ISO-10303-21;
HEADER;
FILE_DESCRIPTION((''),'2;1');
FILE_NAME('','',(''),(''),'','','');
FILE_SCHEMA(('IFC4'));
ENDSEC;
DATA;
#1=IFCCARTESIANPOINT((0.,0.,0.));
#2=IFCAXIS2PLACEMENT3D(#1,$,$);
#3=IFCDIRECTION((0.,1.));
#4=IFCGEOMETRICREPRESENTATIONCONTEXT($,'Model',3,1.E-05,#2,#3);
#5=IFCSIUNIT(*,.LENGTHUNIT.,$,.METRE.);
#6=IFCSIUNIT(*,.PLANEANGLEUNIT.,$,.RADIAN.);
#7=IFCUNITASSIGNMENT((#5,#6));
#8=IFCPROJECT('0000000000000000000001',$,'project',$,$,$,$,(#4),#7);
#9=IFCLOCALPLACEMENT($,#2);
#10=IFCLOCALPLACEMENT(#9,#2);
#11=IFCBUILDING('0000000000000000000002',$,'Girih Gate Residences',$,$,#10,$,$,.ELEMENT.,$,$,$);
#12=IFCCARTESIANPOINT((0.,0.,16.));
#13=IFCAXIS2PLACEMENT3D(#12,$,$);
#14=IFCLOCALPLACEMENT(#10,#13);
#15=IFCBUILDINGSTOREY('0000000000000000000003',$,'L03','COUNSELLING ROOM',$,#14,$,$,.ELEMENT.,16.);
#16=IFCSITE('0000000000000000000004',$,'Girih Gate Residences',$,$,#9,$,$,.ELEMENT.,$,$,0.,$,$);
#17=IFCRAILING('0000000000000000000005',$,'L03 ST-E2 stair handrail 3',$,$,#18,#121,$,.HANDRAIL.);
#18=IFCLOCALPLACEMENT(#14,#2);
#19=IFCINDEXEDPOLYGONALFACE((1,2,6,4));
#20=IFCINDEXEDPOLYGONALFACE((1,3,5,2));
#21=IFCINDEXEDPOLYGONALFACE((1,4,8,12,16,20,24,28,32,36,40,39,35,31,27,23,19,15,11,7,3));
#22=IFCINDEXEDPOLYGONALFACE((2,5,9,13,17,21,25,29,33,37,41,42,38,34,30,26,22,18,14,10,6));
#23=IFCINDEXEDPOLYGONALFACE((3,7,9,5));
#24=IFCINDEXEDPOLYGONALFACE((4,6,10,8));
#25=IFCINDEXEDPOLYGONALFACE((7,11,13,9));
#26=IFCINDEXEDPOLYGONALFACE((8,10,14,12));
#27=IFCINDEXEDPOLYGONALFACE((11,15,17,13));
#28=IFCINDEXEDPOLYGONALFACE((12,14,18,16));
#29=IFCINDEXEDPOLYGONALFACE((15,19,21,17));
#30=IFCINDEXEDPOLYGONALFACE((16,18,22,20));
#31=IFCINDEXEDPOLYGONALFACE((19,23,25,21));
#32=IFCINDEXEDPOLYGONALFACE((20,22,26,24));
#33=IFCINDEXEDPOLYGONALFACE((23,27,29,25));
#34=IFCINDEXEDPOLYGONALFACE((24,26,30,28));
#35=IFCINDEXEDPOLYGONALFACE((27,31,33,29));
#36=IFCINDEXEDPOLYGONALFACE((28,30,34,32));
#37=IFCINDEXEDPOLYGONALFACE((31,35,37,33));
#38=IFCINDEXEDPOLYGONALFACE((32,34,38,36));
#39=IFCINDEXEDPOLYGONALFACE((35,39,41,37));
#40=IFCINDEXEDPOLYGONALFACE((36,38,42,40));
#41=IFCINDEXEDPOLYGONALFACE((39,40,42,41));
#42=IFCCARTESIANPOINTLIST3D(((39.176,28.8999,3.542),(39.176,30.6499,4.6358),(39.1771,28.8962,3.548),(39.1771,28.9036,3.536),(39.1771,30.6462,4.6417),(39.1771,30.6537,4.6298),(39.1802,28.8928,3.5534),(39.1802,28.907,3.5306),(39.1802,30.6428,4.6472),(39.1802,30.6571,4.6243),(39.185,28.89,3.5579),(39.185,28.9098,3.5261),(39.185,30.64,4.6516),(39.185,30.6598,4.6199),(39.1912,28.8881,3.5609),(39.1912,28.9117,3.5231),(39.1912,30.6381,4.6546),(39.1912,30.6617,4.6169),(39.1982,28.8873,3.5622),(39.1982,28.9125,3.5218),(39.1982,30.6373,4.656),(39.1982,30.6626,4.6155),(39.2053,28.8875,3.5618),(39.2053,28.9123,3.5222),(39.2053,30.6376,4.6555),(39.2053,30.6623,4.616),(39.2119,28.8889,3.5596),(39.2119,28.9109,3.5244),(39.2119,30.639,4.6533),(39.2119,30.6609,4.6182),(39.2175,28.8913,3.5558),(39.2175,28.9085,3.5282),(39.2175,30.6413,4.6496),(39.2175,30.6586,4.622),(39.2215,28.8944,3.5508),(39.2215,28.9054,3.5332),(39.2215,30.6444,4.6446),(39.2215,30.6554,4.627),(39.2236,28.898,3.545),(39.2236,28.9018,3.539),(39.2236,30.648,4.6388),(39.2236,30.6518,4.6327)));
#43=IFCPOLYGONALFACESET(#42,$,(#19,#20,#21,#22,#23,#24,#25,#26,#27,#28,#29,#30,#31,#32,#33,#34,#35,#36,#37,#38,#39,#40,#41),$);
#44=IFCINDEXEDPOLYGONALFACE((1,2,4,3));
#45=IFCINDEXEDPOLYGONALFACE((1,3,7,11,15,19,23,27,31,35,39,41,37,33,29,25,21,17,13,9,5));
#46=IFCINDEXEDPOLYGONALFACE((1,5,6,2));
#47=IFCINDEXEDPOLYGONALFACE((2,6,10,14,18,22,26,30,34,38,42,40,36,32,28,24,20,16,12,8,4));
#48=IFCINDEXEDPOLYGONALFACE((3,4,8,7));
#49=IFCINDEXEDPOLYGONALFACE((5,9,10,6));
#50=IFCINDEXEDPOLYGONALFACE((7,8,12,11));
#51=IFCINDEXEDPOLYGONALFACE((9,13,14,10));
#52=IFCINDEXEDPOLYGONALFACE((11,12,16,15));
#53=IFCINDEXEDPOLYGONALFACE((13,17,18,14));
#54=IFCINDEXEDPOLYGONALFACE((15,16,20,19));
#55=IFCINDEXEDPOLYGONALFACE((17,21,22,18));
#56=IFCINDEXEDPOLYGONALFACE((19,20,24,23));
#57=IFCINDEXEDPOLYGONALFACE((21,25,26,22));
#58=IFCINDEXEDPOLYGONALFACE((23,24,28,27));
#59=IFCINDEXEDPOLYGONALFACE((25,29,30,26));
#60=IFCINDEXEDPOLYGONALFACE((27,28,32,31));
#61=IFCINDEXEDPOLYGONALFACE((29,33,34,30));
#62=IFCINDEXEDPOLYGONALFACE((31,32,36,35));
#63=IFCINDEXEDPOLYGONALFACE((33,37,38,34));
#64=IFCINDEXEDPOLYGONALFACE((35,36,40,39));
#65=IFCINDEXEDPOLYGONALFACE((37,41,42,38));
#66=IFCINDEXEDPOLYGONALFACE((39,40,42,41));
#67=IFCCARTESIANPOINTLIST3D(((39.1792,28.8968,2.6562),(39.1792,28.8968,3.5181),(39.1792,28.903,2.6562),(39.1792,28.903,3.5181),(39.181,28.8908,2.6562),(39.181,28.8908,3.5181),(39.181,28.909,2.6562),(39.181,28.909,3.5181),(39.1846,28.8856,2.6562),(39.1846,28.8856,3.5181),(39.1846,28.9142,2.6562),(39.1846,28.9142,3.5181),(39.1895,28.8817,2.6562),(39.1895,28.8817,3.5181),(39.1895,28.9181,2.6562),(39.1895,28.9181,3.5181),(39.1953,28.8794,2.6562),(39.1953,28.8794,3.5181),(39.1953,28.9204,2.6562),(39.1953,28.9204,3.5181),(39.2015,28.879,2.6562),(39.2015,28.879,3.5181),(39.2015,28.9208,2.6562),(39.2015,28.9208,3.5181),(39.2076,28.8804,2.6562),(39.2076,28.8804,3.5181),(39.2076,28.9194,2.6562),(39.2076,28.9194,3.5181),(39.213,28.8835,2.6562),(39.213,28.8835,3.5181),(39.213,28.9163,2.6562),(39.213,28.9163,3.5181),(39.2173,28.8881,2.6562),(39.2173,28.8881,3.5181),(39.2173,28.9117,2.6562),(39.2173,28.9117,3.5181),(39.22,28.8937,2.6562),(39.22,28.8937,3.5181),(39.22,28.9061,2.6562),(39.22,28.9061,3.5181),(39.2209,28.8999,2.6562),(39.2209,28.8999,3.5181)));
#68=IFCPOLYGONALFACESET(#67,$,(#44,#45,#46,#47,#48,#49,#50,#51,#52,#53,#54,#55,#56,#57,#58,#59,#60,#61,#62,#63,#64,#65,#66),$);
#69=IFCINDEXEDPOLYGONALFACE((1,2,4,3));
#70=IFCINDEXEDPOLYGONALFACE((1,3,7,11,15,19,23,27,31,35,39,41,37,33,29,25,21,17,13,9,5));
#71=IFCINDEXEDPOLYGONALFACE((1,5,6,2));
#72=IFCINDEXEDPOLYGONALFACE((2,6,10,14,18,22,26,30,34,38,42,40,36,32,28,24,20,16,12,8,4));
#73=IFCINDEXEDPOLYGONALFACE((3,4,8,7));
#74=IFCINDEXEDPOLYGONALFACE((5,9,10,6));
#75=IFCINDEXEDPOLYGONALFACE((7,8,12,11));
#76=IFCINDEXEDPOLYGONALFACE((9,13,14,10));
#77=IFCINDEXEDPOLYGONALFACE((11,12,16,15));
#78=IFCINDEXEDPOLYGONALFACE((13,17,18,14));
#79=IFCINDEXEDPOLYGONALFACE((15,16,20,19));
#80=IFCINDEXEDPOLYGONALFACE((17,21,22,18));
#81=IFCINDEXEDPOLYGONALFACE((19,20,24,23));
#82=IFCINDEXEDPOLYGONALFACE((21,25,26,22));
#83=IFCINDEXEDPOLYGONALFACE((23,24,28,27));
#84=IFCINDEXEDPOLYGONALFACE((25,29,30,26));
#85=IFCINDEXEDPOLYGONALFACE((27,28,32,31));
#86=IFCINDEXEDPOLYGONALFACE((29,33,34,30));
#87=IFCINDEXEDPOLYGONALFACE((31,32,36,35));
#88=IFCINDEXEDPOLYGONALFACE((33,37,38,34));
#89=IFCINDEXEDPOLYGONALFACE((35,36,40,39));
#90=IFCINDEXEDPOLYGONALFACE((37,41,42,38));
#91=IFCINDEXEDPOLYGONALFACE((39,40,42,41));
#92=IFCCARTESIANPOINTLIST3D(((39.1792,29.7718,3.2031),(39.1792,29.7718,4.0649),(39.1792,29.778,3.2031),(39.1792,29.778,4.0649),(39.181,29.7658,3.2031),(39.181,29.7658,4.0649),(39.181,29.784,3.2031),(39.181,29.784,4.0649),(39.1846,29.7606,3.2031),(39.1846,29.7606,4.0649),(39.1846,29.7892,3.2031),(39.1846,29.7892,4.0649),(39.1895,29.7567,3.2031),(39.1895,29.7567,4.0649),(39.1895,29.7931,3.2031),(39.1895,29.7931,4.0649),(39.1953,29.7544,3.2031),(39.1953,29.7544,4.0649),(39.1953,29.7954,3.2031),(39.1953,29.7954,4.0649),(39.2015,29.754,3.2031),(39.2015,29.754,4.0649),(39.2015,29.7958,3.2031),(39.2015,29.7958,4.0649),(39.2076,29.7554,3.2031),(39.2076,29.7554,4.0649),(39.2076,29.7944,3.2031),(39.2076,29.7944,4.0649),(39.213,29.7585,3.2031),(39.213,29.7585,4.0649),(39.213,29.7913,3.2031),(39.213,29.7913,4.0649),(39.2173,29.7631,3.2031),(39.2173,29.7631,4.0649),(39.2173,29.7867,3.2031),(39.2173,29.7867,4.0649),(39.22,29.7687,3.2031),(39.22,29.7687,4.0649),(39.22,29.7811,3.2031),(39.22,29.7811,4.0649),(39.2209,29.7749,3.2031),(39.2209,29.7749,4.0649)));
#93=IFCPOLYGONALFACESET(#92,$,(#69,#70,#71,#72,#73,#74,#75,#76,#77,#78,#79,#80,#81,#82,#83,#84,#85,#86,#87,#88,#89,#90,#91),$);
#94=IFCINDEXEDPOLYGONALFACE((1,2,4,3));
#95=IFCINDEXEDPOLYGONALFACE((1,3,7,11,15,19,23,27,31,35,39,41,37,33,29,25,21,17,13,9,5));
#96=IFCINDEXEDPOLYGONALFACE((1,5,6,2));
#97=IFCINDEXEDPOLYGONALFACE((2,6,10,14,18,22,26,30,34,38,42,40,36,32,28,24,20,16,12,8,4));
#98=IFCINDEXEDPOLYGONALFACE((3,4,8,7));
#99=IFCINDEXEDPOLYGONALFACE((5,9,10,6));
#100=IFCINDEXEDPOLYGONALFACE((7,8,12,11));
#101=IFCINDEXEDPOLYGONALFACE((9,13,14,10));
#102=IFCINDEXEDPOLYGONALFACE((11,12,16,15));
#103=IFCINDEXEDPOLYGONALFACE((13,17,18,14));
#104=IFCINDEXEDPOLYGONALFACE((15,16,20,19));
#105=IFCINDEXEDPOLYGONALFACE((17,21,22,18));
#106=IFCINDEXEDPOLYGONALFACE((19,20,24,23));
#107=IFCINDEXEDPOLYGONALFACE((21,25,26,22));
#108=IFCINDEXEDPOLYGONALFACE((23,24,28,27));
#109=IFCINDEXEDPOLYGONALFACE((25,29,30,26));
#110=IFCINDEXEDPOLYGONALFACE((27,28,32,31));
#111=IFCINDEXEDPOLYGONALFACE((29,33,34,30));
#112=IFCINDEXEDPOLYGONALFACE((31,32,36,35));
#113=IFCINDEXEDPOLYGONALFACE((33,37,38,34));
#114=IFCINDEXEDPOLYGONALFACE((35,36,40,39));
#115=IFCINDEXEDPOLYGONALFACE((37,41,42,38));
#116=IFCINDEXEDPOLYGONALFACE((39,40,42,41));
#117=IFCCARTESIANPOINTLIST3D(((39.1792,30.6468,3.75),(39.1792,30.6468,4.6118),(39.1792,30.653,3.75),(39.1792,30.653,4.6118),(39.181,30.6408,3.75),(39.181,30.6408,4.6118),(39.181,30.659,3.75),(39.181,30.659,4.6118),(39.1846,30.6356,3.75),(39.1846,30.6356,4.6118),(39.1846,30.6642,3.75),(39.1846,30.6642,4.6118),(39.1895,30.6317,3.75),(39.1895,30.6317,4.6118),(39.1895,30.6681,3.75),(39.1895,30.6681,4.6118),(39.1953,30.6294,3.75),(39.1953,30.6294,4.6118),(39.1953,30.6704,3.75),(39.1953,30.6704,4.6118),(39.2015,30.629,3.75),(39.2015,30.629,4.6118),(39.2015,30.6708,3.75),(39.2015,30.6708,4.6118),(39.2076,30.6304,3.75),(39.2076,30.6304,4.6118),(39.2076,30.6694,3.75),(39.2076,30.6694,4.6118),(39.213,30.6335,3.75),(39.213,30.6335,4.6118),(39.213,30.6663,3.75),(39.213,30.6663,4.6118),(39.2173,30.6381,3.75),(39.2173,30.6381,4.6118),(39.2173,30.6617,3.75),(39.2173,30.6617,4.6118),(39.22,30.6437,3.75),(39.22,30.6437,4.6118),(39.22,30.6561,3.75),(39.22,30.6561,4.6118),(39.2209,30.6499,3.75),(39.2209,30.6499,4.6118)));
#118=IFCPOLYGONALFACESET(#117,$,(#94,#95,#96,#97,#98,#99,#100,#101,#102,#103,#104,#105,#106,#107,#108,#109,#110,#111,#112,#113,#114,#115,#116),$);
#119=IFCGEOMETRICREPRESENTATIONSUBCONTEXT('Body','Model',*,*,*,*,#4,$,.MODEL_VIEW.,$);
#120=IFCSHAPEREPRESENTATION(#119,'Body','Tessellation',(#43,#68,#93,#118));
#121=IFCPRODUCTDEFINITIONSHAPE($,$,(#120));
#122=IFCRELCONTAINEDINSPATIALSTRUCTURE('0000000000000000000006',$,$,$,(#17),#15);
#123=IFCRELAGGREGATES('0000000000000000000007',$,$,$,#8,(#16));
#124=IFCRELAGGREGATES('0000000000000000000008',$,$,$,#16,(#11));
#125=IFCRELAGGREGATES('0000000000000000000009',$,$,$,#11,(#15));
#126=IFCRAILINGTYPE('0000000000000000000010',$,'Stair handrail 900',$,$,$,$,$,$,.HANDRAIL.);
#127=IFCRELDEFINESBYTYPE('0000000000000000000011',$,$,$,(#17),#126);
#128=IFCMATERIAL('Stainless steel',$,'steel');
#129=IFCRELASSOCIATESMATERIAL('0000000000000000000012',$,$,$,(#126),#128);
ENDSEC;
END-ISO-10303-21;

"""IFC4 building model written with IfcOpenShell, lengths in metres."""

from ifc_helpers import new_model, si_unit, direction, frame, origin, origin_2d, place, context, subcontext, project, spatial, circle, extrude, material, type_object, element, save


model = new_model("IFC4")

# Units and contexts
model_context = context("Model", 3, precision=1e-05, world=origin(), true_north=direction((0.0, 1.0)))
body_context = subcontext(model_context, "Body", "Model", "MODEL_VIEW")
ifc_project = project(units=[si_unit("LENGTHUNIT", "METRE"), si_unit("PLANEANGLEUNIT", "RADIAN")], contexts=[model_context])

# Site, building, storey
site_placement = place(None, origin())
site = spatial("IfcSite", under=ifc_project, at=site_placement, Name="Girih Gate Residences", CompositionType="ELEMENT", RefElevation=0.0)
building_placement = place(site_placement, origin())
building = spatial("IfcBuilding", under=site, at=building_placement, Name="Girih Gate Residences", CompositionType="ELEMENT")
storey_placement = place(building_placement, frame((0.0, 0.0, 16.0)))
storey = spatial("IfcBuildingStorey", under=building, at=storey_placement, Name="L03", Description="COUNSELLING ROOM", CompositionType="ELEMENT", Elevation=16.0)

# Railing
ifc_material_1 = material(Name="Stainless steel", Category="steel")
railing_type_1 = type_object("IfcRailingType", Name="Stair handrail 900", PredefinedType="HANDRAIL", material=ifc_material_1)
railing_1_placement = place(storey_placement, frame((39.2, 28.8999, 2.6562)))
element("IfcRailing", 1, at=railing_1_placement, inside=storey, type_object=railing_type_1, Name="L03 ST-E2 stair handrail 3", PredefinedType="HANDRAIL", context=body_context, shape_type="SweptSolid", body=[
    extrude(circle(Radius=0.0239, at=origin_2d()), frame((0.0, 0.0, 0.8857), z_axis=(0.0, 0.847998, 0.529999), x_axis=(-1.0, 0.0, 0.0)), (0.0, 0.0, 1.0), 2.0637),
    extrude(circle(Radius=0.021, at=origin_2d()), origin(), (0.0, 0.0, 1.0), 0.8618),
    extrude(circle(Radius=0.021, at=origin_2d()), frame((0.0, 0.875, 0.5469)), (0.0, 0.0, 1.0), 0.8618),
    extrude(circle(Radius=0.021, at=origin_2d()), frame((0.0, 1.75, 1.0938)), (0.0, 0.0, 1.0), 0.8618),
])

save(model, "model.ifc")
